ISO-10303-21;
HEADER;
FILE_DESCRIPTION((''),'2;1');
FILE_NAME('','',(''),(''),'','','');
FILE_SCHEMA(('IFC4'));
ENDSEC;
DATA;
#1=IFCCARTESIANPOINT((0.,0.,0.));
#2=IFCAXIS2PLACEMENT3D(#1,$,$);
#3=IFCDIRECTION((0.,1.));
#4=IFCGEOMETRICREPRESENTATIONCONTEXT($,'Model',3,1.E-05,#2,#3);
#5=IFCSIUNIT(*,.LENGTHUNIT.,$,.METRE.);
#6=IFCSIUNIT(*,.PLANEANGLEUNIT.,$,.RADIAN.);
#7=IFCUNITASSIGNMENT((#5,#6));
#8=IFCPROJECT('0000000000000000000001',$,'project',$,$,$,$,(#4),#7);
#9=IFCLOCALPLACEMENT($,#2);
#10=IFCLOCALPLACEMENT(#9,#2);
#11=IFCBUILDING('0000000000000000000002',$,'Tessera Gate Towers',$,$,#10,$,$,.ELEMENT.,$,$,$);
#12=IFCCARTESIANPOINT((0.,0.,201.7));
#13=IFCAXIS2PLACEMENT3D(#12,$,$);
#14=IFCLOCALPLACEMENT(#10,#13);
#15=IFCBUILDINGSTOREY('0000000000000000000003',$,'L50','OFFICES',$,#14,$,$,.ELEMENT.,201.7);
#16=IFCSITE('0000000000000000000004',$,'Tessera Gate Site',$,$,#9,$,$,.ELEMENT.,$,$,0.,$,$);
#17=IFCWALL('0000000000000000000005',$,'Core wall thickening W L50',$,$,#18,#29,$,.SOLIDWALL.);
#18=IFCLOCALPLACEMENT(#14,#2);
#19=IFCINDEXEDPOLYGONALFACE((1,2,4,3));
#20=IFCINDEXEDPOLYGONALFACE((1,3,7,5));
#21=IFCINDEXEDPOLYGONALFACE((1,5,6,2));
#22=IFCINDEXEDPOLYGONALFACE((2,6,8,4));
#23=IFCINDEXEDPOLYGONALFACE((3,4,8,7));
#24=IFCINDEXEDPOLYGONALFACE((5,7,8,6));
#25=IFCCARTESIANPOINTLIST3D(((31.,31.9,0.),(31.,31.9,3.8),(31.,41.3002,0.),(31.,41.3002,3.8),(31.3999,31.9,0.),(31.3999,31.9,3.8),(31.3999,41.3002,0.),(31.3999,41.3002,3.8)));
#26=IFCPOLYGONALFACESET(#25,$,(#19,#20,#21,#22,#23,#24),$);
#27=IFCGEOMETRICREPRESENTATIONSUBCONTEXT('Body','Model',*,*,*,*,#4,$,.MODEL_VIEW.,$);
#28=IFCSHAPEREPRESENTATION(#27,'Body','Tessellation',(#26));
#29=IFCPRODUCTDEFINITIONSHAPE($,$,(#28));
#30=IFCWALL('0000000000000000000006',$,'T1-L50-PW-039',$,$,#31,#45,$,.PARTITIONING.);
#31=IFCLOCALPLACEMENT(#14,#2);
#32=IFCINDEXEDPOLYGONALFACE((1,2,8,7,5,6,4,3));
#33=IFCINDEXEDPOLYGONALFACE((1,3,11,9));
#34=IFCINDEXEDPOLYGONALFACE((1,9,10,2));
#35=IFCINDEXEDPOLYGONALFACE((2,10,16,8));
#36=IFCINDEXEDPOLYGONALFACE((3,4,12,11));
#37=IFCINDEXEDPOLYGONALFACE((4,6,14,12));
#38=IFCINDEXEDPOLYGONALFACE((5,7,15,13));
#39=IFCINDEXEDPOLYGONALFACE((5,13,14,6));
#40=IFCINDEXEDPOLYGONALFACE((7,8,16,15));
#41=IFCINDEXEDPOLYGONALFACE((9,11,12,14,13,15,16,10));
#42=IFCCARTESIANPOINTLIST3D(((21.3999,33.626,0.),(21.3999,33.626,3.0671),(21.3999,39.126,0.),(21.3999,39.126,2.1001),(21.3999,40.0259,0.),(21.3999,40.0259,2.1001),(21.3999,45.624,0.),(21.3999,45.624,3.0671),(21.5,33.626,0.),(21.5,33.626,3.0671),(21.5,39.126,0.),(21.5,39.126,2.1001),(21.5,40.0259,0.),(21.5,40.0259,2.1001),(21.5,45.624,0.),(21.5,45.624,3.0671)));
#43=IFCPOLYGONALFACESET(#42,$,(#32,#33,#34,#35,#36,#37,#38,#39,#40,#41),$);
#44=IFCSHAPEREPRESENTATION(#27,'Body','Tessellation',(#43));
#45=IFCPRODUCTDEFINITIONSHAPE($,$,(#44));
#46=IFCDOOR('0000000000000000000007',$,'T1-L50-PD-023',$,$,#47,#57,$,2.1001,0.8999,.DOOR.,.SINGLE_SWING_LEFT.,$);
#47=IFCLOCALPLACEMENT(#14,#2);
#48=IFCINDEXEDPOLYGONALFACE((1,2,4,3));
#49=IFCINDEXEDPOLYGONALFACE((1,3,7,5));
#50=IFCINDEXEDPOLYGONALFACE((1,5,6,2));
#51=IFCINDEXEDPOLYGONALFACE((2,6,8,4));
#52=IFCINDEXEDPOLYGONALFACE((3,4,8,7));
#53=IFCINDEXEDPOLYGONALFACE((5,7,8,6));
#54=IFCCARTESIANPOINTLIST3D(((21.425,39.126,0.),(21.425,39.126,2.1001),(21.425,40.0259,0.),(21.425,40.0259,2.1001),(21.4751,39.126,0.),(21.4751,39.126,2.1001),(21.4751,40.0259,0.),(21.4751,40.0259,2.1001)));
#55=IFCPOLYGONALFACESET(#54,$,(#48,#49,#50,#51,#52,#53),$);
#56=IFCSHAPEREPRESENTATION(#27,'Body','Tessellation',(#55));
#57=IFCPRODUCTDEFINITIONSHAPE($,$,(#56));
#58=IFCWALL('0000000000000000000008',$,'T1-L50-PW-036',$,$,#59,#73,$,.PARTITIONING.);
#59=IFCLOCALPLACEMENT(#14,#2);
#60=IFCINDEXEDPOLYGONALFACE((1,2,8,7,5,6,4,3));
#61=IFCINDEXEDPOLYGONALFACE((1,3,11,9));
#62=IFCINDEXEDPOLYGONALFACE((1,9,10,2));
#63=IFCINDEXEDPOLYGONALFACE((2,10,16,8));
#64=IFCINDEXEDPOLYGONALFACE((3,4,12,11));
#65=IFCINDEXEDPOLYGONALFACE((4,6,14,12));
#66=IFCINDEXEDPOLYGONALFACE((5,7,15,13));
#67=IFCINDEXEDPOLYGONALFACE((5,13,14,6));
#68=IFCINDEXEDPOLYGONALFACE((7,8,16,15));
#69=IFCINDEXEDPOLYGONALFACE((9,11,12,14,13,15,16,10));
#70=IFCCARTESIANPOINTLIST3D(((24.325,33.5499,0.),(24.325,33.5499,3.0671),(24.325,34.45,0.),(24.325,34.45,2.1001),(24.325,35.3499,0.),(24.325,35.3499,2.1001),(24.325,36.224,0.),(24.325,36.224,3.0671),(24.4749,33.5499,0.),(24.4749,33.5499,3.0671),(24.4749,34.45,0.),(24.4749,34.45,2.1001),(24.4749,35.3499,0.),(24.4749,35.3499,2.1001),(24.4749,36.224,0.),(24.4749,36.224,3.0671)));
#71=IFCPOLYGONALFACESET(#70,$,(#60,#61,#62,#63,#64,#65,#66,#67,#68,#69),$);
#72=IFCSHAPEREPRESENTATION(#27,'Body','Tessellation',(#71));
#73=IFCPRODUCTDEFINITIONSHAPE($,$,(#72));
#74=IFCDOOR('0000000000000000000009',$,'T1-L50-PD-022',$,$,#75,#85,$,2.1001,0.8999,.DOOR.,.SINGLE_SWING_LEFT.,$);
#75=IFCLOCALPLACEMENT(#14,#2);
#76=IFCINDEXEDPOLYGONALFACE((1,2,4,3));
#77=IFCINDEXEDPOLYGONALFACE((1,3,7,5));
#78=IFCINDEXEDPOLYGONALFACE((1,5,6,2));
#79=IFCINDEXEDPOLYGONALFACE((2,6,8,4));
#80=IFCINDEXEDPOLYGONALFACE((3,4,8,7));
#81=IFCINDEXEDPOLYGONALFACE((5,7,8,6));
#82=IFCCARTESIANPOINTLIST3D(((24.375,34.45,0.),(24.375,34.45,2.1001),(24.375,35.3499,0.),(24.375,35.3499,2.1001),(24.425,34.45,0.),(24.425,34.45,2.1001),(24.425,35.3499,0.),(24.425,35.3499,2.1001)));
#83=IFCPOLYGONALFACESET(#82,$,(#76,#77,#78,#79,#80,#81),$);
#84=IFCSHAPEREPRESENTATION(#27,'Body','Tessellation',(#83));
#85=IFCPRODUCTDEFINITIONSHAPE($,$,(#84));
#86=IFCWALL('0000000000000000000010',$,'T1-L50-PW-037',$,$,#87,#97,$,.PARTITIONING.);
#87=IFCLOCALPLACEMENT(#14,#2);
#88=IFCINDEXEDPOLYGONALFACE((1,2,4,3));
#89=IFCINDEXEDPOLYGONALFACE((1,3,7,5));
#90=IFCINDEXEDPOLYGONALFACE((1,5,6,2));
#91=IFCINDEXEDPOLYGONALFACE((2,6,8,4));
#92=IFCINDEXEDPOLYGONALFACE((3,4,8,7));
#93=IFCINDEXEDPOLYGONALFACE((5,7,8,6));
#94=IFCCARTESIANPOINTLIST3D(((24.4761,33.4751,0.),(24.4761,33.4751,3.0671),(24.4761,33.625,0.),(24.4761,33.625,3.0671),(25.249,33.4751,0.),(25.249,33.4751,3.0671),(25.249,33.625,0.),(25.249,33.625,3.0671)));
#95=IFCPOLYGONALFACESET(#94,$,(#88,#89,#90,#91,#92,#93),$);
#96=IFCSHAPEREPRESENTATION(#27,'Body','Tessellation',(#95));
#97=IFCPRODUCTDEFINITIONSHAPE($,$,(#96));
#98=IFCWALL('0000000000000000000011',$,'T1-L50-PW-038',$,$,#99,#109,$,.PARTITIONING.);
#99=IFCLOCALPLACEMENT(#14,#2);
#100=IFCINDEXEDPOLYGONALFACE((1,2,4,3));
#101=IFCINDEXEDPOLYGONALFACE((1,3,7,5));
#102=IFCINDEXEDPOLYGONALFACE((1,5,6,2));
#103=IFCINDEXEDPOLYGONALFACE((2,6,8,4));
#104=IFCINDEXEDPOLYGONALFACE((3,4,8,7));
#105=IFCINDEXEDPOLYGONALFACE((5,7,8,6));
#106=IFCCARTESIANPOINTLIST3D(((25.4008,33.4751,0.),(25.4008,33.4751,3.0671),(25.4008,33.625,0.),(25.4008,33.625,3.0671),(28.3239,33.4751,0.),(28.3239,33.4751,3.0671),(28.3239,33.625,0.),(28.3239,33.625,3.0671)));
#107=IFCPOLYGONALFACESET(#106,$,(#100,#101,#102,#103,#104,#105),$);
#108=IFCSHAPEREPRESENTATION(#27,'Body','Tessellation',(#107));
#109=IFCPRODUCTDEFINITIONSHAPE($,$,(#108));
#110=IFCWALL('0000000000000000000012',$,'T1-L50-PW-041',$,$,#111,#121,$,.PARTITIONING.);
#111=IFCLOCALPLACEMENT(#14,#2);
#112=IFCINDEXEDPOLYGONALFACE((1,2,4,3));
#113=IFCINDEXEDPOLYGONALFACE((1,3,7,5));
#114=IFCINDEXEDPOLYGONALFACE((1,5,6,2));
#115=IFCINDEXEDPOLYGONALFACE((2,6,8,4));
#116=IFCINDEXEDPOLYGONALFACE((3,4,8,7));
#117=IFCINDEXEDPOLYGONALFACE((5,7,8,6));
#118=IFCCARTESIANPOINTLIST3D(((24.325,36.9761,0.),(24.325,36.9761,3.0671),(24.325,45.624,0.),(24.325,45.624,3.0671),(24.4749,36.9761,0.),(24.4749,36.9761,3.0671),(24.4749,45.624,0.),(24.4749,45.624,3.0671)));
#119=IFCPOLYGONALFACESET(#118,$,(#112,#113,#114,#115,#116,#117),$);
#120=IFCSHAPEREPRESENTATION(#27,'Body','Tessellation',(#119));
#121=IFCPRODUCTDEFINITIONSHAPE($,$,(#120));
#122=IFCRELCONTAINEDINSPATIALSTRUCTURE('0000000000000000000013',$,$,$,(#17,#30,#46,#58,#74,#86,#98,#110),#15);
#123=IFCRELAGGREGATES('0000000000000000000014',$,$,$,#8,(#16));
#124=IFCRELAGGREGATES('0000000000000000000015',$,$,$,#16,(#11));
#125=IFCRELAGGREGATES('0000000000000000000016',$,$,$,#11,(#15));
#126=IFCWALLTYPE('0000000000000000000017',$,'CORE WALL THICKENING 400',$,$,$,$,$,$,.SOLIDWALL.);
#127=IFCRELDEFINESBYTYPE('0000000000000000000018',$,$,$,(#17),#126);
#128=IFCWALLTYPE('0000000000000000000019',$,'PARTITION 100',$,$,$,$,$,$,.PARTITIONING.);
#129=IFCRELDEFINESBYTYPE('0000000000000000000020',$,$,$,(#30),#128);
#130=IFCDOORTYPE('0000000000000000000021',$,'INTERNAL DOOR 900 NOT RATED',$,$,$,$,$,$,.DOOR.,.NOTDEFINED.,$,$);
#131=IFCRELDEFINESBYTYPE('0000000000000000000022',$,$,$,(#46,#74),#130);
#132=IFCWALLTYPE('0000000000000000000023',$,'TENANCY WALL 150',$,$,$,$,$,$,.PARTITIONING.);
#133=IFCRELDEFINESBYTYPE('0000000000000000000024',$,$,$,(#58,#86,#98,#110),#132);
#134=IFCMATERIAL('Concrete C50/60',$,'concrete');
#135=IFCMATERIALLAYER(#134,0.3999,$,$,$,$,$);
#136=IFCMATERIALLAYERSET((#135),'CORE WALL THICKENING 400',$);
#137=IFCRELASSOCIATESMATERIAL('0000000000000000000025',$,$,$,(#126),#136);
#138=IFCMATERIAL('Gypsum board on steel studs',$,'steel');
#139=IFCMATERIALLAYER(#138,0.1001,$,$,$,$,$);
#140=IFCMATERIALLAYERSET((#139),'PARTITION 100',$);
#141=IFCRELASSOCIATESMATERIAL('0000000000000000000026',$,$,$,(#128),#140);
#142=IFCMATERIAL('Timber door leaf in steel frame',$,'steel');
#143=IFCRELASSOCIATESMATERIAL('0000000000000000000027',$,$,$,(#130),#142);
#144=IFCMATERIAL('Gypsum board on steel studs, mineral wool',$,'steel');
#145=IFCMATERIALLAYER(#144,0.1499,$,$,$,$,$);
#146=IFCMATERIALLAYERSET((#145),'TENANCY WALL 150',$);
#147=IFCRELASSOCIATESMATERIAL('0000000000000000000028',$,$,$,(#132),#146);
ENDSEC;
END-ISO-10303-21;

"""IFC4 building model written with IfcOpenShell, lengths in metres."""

from ifc_helpers import new_model, si_unit, direction, frame, frame_2d, origin, place, context, subcontext, project, spatial, rectangle, extrude, source, transform, mapped, material, layer, layer_set, type_object, element, fill, save


model = new_model("IFC4")

# Units and contexts
model_context = context("Model", 3, precision=1e-05, world=origin(), true_north=direction((0.0, 1.0)))
body_context = subcontext(model_context, "Body", "Model", "MODEL_VIEW")
ifc_project = project(units=[si_unit("LENGTHUNIT", "METRE"), si_unit("PLANEANGLEUNIT", "RADIAN")], contexts=[model_context])

# Site, building, storey
site_placement = place(None, origin())
site = spatial("IfcSite", under=ifc_project, at=site_placement, Name="Tessera Gate Site", CompositionType="ELEMENT", RefElevation=0.0)
building_placement = place(site_placement, origin())
building = spatial("IfcBuilding", under=site, at=building_placement, Name="Tessera Gate Towers", CompositionType="ELEMENT")
storey_placement = place(building_placement, frame((0.0, 0.0, 201.7)))
storey = spatial("IfcBuildingStorey", under=building, at=storey_placement, Name="L50", Description="OFFICES", CompositionType="ELEMENT", Elevation=201.7)

# Shared definitions
shared_shape_1 = source(origin(), body_context, "Body", "SweptSolid", [
    extrude(rectangle(XDim=0.8999, YDim=2.1001, at=frame_2d((0.45, 1.05))), frame((0.0, 0.0249, 0.0), z_axis=(0.0, -1.0, 0.0), x_axis=(1.0, 0.0, 0.0)), (0.0, 0.0, 1.0), 0.05),
])

# Wall
ifc_material_1 = material(Name="Concrete C50/60", Category="concrete")
ifc_layer_1 = layer(ifc_material_1, 0.3999)
ifc_layer_set_1 = layer_set([ifc_layer_1], Name="CORE WALL THICKENING 400")
wall_type_1 = type_object("IfcWallType", Name="CORE WALL THICKENING 400", PredefinedType="SOLIDWALL", material=ifc_layer_set_1)
wall_1_placement = place(storey_placement, frame((31.2, 31.8999, 0.0), z_axis=(0.0, 0.0, 1.0), x_axis=(0.0, 1.0, 0.0)))
element("IfcWall", 1, at=wall_1_placement, inside=storey, type_object=wall_type_1, Name="Core wall thickening W L50", PredefinedType="SOLIDWALL", context=body_context, shape_type="SweptSolid", body=[
    extrude(rectangle(XDim=9.4001, YDim=0.3999, at=frame_2d((4.7002, 0.0))), origin(), (0.0, 0.0, 1.0), 3.8),
])

# Walls, openings, doors
ifc_material_2 = material(Name="Gypsum board on steel studs", Category="steel")
ifc_layer_2 = layer(ifc_material_2, 0.1001)
ifc_layer_set_2 = layer_set([ifc_layer_2], Name="PARTITION 100")
wall_type_2 = type_object("IfcWallType", Name="PARTITION 100", PredefinedType="PARTITIONING", material=ifc_layer_set_2)
wall_2_placement = place(storey_placement, frame((21.45, 33.626, 0.0), z_axis=(0.0, 0.0, 1.0), x_axis=(0.0, 1.0, 0.0)))
wall_2 = element("IfcWall", 2, at=wall_2_placement, inside=storey, type_object=wall_type_2, Name="T1-L50-PW-039", PredefinedType="PARTITIONING", context=body_context, shape_type="SweptSolid", body=[
    extrude(rectangle(XDim=11.998, YDim=0.1001, at=frame_2d((5.999, 0.0))), origin(), (0.0, 0.0, 1.0), 3.0671),
])
shared_shape_2 = source(origin(), body_context, "Body", "SweptSolid", [
    extrude(rectangle(XDim=0.8999, YDim=2.1001, at=frame_2d((0.45, 1.05))), frame((0.0, 0.0601, 0.0), z_axis=(0.0, -1.0, 0.0), x_axis=(1.0, 0.0, 0.0)), (0.0, 0.0, 1.0), 0.1201),
])
opening_1_placement = place(wall_2_placement, frame((5.5, 0.0, 0.0)))
opening_1 = element("IfcOpeningElement", 3, at=opening_1_placement, cuts=wall_2, PredefinedType="OPENING", context=body_context, shape_type="MappedRepresentation", body=[
    mapped(shared_shape_2, transform((0.0, 0.0, 0.0), scale=1.0)),
])
ifc_material_3 = material(Name="Timber door leaf in steel frame", Category="steel")
door_type_1 = type_object("IfcDoorType", Name="INTERNAL DOOR 900 NOT RATED", OperationType="NOTDEFINED", PredefinedType="DOOR", material=ifc_material_3)
door_1_placement = place(opening_1_placement, origin())
door_1 = element("IfcDoor", 4, at=door_1_placement, inside=storey, type_object=door_type_1, Name="T1-L50-PD-023", OperationType="SINGLE_SWING_LEFT", OverallHeight=2.1001, OverallWidth=0.8999, PredefinedType="DOOR", context=body_context, shape_type="MappedRepresentation", body=[
    mapped(shared_shape_1, transform((0.0, 0.0, 0.0), scale=1.0)),
])
fill(opening_1, door_1)
ifc_material_4 = material(Name="Gypsum board on steel studs, mineral wool", Category="steel")
ifc_layer_3 = layer(ifc_material_4, 0.1499)
ifc_layer_set_3 = layer_set([ifc_layer_3], Name="TENANCY WALL 150")
wall_type_3 = type_object("IfcWallType", Name="TENANCY WALL 150", PredefinedType="PARTITIONING", material=ifc_layer_set_3)
wall_3_placement = place(storey_placement, frame((24.3999, 33.55, 0.0), z_axis=(0.0, 0.0, 1.0), x_axis=(0.0, 1.0, 0.0)))
wall_3 = element("IfcWall", 5, at=wall_3_placement, inside=storey, type_object=wall_type_3, Name="T1-L50-PW-036", PredefinedType="PARTITIONING", context=body_context, shape_type="SweptSolid", body=[
    extrude(rectangle(XDim=2.6741, YDim=0.1499, at=frame_2d((1.3369, 0.0))), origin(), (0.0, 0.0, 1.0), 3.0671),
])
shared_shape_3 = source(origin(), body_context, "Body", "SweptSolid", [
    extrude(rectangle(XDim=0.8999, YDim=2.1001, at=frame_2d((0.45, 1.05))), frame((0.0, 0.085, 0.0), z_axis=(0.0, -1.0, 0.0), x_axis=(1.0, 0.0, 0.0)), (0.0, 0.0, 1.0), 0.1699),
])
opening_2_placement = place(wall_3_placement, frame((0.8999, 0.0, 0.0)))
opening_2 = element("IfcOpeningElement", 6, at=opening_2_placement, cuts=wall_3, PredefinedType="OPENING", context=body_context, shape_type="MappedRepresentation", body=[
    mapped(shared_shape_3, transform((0.0, 0.0, 0.0), scale=1.0)),
])
door_2_placement = place(opening_2_placement, origin())
door_2 = element("IfcDoor", 7, at=door_2_placement, inside=storey, type_object=door_type_1, Name="T1-L50-PD-022", OperationType="SINGLE_SWING_LEFT", OverallHeight=2.1001, OverallWidth=0.8999, PredefinedType="DOOR", context=body_context, shape_type="MappedRepresentation", body=[
    mapped(shared_shape_1, transform((0.0, 0.0, 0.0), scale=1.0)),
])
fill(opening_2, door_2)

# Walls
wall_4_placement = place(storey_placement, frame((24.4761, 33.55, 0.0), z_axis=(0.0, 0.0, 1.0), x_axis=(1.0, 0.0, 0.0)))
element("IfcWall", 8, at=wall_4_placement, inside=storey, type_object=wall_type_3, Name="T1-L50-PW-037", PredefinedType="PARTITIONING", context=body_context, shape_type="SweptSolid", body=[
    extrude(rectangle(XDim=0.7729, YDim=0.1499, at=frame_2d((0.3865, 0.0))), origin(), (0.0, 0.0, 1.0), 3.0671),
])
wall_5_placement = place(storey_placement, frame((25.4009, 33.55, 0.0), z_axis=(0.0, 0.0, 1.0), x_axis=(1.0, 0.0, 0.0)))
element("IfcWall", 9, at=wall_5_placement, inside=storey, type_object=wall_type_3, Name="T1-L50-PW-038", PredefinedType="PARTITIONING", context=body_context, shape_type="SweptSolid", body=[
    extrude(rectangle(XDim=2.9231, YDim=0.1499, at=frame_2d((1.4614, 0.0))), origin(), (0.0, 0.0, 1.0), 3.0671),
])
wall_6_placement = place(storey_placement, frame((24.3999, 36.9761, 0.0), z_axis=(0.0, 0.0, 1.0), x_axis=(0.0, 1.0, 0.0)))
element("IfcWall", 10, at=wall_6_placement, inside=storey, type_object=wall_type_3, Name="T1-L50-PW-041", PredefinedType="PARTITIONING", context=body_context, shape_type="SweptSolid", body=[
    extrude(rectangle(XDim=8.6479, YDim=0.1499, at=frame_2d((4.324, 0.0))), origin(), (0.0, 0.0, 1.0), 3.0671),
])

save(model, "model.ifc")
